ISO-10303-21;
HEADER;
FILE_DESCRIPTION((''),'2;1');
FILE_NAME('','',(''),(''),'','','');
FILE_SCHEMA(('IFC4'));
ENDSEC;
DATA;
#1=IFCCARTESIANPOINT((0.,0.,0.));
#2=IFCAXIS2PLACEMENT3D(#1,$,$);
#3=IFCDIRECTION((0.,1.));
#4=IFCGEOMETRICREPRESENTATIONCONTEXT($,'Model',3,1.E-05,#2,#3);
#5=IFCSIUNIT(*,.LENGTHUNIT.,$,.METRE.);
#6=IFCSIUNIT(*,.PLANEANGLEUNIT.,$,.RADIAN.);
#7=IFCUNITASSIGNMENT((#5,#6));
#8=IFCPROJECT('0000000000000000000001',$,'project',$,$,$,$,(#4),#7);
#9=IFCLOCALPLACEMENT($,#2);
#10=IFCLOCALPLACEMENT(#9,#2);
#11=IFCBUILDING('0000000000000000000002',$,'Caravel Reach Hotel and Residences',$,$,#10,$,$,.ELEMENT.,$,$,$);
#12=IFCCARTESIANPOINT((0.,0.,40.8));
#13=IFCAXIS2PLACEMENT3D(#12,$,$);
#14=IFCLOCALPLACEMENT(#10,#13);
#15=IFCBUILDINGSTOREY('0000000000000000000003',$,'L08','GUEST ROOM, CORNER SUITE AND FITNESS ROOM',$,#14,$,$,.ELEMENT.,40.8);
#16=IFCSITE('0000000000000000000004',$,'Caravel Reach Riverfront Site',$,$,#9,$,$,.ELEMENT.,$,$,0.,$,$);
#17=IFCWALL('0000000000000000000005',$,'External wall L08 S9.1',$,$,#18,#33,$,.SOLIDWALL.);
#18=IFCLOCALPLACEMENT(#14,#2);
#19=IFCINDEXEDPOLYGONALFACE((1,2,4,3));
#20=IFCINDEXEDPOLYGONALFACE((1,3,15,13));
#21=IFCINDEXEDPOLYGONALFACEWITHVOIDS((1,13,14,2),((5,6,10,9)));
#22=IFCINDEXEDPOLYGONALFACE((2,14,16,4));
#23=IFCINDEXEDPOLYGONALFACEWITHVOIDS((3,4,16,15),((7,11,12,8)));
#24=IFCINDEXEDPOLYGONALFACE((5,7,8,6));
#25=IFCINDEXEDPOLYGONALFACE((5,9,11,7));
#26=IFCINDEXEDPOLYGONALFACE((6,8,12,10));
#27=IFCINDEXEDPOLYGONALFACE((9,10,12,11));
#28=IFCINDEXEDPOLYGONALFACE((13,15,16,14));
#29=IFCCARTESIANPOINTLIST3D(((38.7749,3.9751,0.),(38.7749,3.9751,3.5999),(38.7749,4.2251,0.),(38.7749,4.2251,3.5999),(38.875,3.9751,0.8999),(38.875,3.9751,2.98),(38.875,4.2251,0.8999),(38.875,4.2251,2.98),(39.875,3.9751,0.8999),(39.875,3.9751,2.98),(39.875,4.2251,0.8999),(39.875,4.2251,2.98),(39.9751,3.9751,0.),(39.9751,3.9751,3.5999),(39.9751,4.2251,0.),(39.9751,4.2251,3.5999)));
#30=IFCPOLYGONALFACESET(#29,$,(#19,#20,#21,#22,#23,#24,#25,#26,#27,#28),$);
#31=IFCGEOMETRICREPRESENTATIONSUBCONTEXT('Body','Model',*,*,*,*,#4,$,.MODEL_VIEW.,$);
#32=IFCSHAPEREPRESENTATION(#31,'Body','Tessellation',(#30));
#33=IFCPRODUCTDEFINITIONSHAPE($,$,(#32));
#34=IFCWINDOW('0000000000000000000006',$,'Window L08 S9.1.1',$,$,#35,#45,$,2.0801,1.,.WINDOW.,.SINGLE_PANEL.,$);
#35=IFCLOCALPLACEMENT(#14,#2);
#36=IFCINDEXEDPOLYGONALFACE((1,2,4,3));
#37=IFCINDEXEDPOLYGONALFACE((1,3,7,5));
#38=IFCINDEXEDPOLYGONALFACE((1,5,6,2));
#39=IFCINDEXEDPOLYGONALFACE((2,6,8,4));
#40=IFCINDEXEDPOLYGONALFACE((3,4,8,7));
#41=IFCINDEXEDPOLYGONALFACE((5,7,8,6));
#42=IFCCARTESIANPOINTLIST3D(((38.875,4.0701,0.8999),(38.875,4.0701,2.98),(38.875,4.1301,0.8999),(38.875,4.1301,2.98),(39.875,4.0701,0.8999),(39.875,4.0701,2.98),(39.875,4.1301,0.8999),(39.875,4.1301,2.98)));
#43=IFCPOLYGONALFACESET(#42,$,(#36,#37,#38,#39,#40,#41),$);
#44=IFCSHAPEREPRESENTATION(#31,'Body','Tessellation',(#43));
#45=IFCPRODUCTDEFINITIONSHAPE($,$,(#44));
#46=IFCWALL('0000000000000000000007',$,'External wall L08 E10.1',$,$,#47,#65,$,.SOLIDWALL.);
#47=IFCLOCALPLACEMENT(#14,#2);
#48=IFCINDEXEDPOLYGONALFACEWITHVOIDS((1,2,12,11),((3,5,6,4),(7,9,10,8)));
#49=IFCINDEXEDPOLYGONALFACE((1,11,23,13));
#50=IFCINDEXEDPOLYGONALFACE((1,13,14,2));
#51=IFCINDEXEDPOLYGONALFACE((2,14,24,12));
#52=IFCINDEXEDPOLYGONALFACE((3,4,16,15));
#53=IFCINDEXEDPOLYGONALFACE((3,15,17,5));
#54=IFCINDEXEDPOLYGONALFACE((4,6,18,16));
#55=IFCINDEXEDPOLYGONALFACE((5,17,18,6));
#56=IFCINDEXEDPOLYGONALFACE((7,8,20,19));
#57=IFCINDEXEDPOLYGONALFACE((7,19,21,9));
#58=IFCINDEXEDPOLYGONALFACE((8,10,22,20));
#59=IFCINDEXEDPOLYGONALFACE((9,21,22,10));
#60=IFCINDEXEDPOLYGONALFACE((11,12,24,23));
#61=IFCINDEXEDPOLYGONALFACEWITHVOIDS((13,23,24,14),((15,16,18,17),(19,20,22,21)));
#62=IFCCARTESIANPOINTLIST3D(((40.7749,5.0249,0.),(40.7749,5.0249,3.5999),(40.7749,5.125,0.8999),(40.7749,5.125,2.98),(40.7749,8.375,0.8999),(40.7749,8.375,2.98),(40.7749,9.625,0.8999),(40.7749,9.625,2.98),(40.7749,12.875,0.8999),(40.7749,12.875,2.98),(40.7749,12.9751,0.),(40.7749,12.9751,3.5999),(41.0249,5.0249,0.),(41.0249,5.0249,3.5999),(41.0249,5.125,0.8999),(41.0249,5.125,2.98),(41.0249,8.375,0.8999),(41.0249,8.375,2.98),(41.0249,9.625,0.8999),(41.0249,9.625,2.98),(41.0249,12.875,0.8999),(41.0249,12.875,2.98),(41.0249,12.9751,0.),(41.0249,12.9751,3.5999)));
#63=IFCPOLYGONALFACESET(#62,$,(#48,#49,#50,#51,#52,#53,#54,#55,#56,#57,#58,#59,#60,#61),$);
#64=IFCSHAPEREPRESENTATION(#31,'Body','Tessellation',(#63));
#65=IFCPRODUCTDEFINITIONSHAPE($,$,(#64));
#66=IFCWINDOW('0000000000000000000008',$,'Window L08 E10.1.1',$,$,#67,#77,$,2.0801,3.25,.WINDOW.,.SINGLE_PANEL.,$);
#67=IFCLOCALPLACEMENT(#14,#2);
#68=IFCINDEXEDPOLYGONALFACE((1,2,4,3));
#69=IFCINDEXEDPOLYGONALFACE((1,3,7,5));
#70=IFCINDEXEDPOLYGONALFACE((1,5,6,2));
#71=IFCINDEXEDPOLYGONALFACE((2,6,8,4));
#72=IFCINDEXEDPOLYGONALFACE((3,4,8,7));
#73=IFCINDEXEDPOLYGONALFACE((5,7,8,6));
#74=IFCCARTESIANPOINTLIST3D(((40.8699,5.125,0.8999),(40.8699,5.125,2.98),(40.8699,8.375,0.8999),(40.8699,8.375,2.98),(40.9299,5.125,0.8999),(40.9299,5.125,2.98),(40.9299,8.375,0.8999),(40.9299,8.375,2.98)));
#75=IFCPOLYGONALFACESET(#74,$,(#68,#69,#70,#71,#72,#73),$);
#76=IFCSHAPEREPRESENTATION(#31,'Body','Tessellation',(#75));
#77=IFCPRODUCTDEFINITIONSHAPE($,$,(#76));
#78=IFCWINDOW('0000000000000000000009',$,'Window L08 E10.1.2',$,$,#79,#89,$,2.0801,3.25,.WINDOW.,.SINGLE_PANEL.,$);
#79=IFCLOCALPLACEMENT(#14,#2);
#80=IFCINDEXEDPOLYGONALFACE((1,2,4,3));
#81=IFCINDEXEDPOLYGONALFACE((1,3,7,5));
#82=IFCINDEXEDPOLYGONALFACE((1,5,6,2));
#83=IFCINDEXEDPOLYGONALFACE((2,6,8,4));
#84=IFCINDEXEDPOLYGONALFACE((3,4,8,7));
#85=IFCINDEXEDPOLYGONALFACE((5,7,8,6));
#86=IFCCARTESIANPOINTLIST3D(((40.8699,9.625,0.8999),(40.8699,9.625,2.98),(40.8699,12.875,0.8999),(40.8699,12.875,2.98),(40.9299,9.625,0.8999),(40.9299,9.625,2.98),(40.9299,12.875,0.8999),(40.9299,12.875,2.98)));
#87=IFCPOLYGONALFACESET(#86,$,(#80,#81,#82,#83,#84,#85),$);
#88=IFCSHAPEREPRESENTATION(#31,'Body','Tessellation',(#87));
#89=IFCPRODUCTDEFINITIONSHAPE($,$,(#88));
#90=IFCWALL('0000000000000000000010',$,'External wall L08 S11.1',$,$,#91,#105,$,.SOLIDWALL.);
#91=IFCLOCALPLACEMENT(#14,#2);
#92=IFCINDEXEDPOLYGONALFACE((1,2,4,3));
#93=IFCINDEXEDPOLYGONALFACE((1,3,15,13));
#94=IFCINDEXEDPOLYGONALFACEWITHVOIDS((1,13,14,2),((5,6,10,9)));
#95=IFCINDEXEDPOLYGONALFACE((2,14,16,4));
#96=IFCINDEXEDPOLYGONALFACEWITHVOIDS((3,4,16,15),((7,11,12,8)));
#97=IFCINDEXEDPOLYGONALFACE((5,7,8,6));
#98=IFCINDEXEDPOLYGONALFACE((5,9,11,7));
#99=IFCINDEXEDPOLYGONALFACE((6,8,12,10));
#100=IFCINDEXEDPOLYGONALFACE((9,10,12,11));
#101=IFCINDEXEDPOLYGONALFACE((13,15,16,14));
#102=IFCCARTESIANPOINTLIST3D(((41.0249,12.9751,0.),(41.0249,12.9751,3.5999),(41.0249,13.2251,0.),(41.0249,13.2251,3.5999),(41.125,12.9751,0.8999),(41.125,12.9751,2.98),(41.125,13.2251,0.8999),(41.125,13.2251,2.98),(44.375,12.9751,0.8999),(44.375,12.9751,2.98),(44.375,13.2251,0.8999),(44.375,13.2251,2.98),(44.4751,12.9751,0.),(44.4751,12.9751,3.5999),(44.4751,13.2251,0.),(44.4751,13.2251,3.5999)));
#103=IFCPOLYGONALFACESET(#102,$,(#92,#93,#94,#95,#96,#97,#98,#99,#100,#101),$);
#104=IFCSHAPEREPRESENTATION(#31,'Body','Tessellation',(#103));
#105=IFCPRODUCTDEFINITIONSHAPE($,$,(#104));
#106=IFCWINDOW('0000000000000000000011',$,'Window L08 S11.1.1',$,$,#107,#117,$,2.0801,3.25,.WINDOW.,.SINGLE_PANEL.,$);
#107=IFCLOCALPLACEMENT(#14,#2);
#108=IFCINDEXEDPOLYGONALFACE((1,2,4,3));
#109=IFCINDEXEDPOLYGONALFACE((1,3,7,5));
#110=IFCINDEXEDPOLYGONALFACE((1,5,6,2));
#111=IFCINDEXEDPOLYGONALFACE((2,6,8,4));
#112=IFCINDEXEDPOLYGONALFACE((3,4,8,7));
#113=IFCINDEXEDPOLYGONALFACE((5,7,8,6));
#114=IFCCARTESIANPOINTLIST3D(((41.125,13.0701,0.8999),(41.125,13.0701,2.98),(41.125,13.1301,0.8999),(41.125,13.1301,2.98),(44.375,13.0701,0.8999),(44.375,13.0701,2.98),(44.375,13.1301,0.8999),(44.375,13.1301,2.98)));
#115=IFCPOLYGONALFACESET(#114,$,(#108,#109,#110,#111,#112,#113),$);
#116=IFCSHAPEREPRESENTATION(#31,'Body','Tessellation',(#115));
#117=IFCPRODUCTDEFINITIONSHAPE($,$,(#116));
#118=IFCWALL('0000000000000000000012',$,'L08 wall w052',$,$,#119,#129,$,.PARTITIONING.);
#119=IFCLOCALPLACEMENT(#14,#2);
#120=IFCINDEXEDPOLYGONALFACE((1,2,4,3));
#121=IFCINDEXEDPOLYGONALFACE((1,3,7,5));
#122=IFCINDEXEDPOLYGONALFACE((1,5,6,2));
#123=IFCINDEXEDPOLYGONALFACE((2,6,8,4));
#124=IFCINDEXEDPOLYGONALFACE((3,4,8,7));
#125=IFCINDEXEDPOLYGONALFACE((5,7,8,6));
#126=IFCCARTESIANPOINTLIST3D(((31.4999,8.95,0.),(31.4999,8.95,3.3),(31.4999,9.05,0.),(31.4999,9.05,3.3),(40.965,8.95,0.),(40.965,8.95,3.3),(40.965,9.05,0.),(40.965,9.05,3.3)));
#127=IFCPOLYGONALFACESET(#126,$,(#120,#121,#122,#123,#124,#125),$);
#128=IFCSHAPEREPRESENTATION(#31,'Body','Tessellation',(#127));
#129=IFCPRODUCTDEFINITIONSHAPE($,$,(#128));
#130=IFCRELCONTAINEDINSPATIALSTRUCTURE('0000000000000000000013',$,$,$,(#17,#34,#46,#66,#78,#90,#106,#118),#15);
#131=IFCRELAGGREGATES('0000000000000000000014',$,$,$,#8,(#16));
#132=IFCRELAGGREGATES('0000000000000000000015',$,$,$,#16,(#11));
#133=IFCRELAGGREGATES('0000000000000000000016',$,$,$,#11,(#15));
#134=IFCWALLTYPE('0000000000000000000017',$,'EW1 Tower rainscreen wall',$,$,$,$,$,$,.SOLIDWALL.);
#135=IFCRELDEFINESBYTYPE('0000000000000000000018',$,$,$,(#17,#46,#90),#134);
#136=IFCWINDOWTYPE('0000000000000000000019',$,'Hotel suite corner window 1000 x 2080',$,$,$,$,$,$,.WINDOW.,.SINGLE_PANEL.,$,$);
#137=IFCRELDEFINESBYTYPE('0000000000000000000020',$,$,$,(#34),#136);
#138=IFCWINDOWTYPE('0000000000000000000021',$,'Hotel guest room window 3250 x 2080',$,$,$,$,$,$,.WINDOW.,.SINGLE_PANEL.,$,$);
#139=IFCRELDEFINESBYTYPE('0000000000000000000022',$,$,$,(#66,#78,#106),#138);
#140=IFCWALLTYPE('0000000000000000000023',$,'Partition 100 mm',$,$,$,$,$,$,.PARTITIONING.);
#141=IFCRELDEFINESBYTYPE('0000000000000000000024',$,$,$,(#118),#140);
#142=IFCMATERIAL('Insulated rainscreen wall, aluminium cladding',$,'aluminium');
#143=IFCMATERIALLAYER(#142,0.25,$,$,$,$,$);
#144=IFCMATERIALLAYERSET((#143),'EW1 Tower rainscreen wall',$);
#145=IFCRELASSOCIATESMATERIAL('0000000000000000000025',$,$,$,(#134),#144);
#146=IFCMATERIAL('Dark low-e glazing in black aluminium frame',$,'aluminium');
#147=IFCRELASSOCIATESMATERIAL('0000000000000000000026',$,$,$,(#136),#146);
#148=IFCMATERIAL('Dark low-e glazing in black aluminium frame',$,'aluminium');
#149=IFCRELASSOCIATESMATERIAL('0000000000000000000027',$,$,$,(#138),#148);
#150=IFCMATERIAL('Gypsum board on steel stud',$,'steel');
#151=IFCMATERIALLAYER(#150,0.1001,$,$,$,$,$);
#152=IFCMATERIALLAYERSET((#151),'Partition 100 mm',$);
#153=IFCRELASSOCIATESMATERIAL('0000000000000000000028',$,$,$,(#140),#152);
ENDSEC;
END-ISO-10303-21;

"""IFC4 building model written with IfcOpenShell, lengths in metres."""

from ifc_helpers import new_model, si_unit, direction, frame, frame_2d, origin, place, context, subcontext, project, spatial, rectangle, extrude, material, layer, layer_set, type_object, element, fill, save


model = new_model("IFC4")

# Units and contexts
model_context = context("Model", 3, precision=1e-05, world=origin(), true_north=direction((0.0, 1.0)))
body_context = subcontext(model_context, "Body", "Model", "MODEL_VIEW")
ifc_project = project(units=[si_unit("LENGTHUNIT", "METRE"), si_unit("PLANEANGLEUNIT", "RADIAN")], contexts=[model_context])

# Site, building, storey
site_placement = place(None, origin())
site = spatial("IfcSite", under=ifc_project, at=site_placement, Name="Caravel Reach Riverfront Site", CompositionType="ELEMENT", RefElevation=0.0)
building_placement = place(site_placement, origin())
building = spatial("IfcBuilding", under=site, at=building_placement, Name="Caravel Reach Hotel and Residences", CompositionType="ELEMENT")
storey_placement = place(building_placement, frame((0.0, 0.0, 40.8)))
storey = spatial("IfcBuildingStorey", under=building, at=storey_placement, Name="L08", Description="GUEST ROOM, CORNER SUITE AND FITNESS ROOM", CompositionType="ELEMENT", Elevation=40.8)

# Wall, opening, window
ifc_material_1 = material(Name="Insulated rainscreen wall, aluminium cladding", Category="aluminium")
ifc_layer_1 = layer(ifc_material_1, 0.25)
ifc_layer_set_1 = layer_set([ifc_layer_1], Name="EW1 Tower rainscreen wall")
wall_type_1 = type_object("IfcWallType", Name="EW1 Tower rainscreen wall", PredefinedType="SOLIDWALL", material=ifc_layer_set_1)
ifc_material_2 = material(Name="Dark low-e glazing in black aluminium frame", Category="aluminium")
window_type_1 = type_object("IfcWindowType", Name="Hotel suite corner window 1000 x 2080", PartitioningType="SINGLE_PANEL", PredefinedType="WINDOW", material=ifc_material_2)
wall_1_placement = place(storey_placement, frame((38.7749, 4.1001, 0.0), z_axis=(0.0, 0.0, 1.0), x_axis=(1.0, 0.0, 0.0)))
wall_1 = element("IfcWall", 1, at=wall_1_placement, inside=storey, type_object=wall_type_1, Name="External wall L08 S9.1", PredefinedType="SOLIDWALL", context=body_context, shape_type="SweptSolid", body=[
    extrude(rectangle(XDim=1.2002, YDim=0.25, at=frame_2d((0.6001, 0.0))), origin(), (0.0, 0.0, 1.0), 3.5999),
])
opening_1_placement = place(wall_1_placement, frame((0.1001, 0.0, 0.8999)))
opening_1 = element("IfcOpeningElement", 2, at=opening_1_placement, cuts=wall_1, PredefinedType="OPENING", context=body_context, shape_type="SweptSolid", body=[
    extrude(rectangle(XDim=1.0, YDim=2.0801, at=frame_2d((0.5, 1.04))), frame((0.0, 0.135, 0.0), z_axis=(0.0, -1.0, 0.0), x_axis=(1.0, 0.0, 0.0)), (0.0, 0.0, 1.0), 0.27),
])
window_1_placement = place(opening_1_placement, origin())
window_1 = element("IfcWindow", 3, at=window_1_placement, inside=storey, type_object=window_type_1, Name="Window L08 S9.1.1", OverallHeight=2.0801, OverallWidth=1.0, PartitioningType="SINGLE_PANEL", PredefinedType="WINDOW", context=body_context, shape_type="SweptSolid", body=[
    extrude(rectangle(XDim=1.0, YDim=2.0801, at=frame_2d((0.5, 1.04))), frame((0.0, 0.03, 0.0), z_axis=(0.0, -1.0, 0.0), x_axis=(1.0, 0.0, 0.0)), (0.0, 0.0, 1.0), 0.0601),
])
fill(opening_1, window_1)

# Wall, openings, windows
wall_2_placement = place(storey_placement, frame((40.8999, 5.0249, 0.0), z_axis=(0.0, 0.0, 1.0), x_axis=(0.0, 1.0, 0.0)))
wall_2 = element("IfcWall", 4, at=wall_2_placement, inside=storey, type_object=wall_type_1, Name="External wall L08 E10.1", PredefinedType="SOLIDWALL", context=body_context, shape_type="SweptSolid", body=[
    extrude(rectangle(XDim=7.9502, YDim=0.25, at=frame_2d((3.9751, 0.0))), origin(), (0.0, 0.0, 1.0), 3.5999),
])
opening_2_placement = place(wall_2_placement, frame((0.1001, 0.0, 0.8999)))
opening_2 = element("IfcOpeningElement", 5, at=opening_2_placement, cuts=wall_2, PredefinedType="OPENING", context=body_context, shape_type="SweptSolid", body=[
    extrude(rectangle(XDim=3.25, YDim=2.0801, at=frame_2d((1.625, 1.04))), frame((0.0, 0.135, 0.0), z_axis=(0.0, -1.0, 0.0), x_axis=(1.0, 0.0, 0.0)), (0.0, 0.0, 1.0), 0.27),
])
opening_3_placement = place(wall_2_placement, frame((4.6001, 0.0, 0.8999)))
opening_3 = element("IfcOpeningElement", 6, at=opening_3_placement, cuts=wall_2, PredefinedType="OPENING", context=body_context, shape_type="SweptSolid", body=[
    extrude(rectangle(XDim=3.25, YDim=2.0801, at=frame_2d((1.625, 1.04))), frame((0.0, 0.135, 0.0), z_axis=(0.0, -1.0, 0.0), x_axis=(1.0, 0.0, 0.0)), (0.0, 0.0, 1.0), 0.27),
])
ifc_material_3 = material(Name="Dark low-e glazing in black aluminium frame", Category="aluminium")
window_type_2 = type_object("IfcWindowType", Name="Hotel guest room window 3250 x 2080", PartitioningType="SINGLE_PANEL", PredefinedType="WINDOW", material=ifc_material_3)
window_2_placement = place(opening_2_placement, origin())
window_2 = element("IfcWindow", 7, at=window_2_placement, inside=storey, type_object=window_type_2, Name="Window L08 E10.1.1", OverallHeight=2.0801, OverallWidth=3.25, PartitioningType="SINGLE_PANEL", PredefinedType="WINDOW", context=body_context, shape_type="SweptSolid", body=[
    extrude(rectangle(XDim=3.25, YDim=2.0801, at=frame_2d((1.625, 1.04))), frame((0.0, 0.03, 0.0), z_axis=(0.0, -1.0, 0.0), x_axis=(1.0, 0.0, 0.0)), (0.0, 0.0, 1.0), 0.0601),
])
fill(opening_2, window_2)
window_3_placement = place(opening_3_placement, origin())
window_3 = element("IfcWindow", 8, at=window_3_placement, inside=storey, type_object=window_type_2, Name="Window L08 E10.1.2", OverallHeight=2.0801, OverallWidth=3.25, PartitioningType="SINGLE_PANEL", PredefinedType="WINDOW", context=body_context, shape_type="SweptSolid", body=[
    extrude(rectangle(XDim=3.25, YDim=2.0801, at=frame_2d((1.625, 1.04))), frame((0.0, 0.03, 0.0), z_axis=(0.0, -1.0, 0.0), x_axis=(1.0, 0.0, 0.0)), (0.0, 0.0, 1.0), 0.0601),
])
fill(opening_3, window_3)

# Wall, opening, window
wall_3_placement = place(storey_placement, frame((41.0249, 13.1001, 0.0), z_axis=(0.0, 0.0, 1.0), x_axis=(1.0, 0.0, 0.0)))
wall_3 = element("IfcWall", 9, at=wall_3_placement, inside=storey, type_object=wall_type_1, Name="External wall L08 S11.1", PredefinedType="SOLIDWALL", context=body_context, shape_type="SweptSolid", body=[
    extrude(rectangle(XDim=3.4502, YDim=0.25, at=frame_2d((1.7251, 0.0))), origin(), (0.0, 0.0, 1.0), 3.5999),
])
opening_4_placement = place(wall_3_placement, frame((0.1001, 0.0, 0.8999)))
opening_4 = element("IfcOpeningElement", 10, at=opening_4_placement, cuts=wall_3, PredefinedType="OPENING", context=body_context, shape_type="SweptSolid", body=[
    extrude(rectangle(XDim=3.25, YDim=2.0801, at=frame_2d((1.625, 1.04))), frame((0.0, 0.135, 0.0), z_axis=(0.0, -1.0, 0.0), x_axis=(1.0, 0.0, 0.0)), (0.0, 0.0, 1.0), 0.27),
])
window_4_placement = place(opening_4_placement, origin())
window_4 = element("IfcWindow", 11, at=window_4_placement, inside=storey, type_object=window_type_2, Name="Window L08 S11.1.1", OverallHeight=2.0801, OverallWidth=3.25, PartitioningType="SINGLE_PANEL", PredefinedType="WINDOW", context=body_context, shape_type="SweptSolid", body=[
    extrude(rectangle(XDim=3.25, YDim=2.0801, at=frame_2d((1.625, 1.04))), frame((0.0, 0.03, 0.0), z_axis=(0.0, -1.0, 0.0), x_axis=(1.0, 0.0, 0.0)), (0.0, 0.0, 1.0), 0.0601),
])
fill(opening_4, window_4)

# Wall
ifc_material_4 = material(Name="Gypsum board on steel stud", Category="steel")
ifc_layer_2 = layer(ifc_material_4, 0.1001)
ifc_layer_set_2 = layer_set([ifc_layer_2], Name="Partition 100 mm")
wall_type_2 = type_object("IfcWallType", Name="Partition 100 mm", PredefinedType="PARTITIONING", material=ifc_layer_set_2)
wall_4_placement = place(storey_placement, frame((31.5, 9.0, 0.0), z_axis=(0.0, 0.0, 1.0), x_axis=(1.0, 0.0, 0.0)))
element("IfcWall", 12, at=wall_4_placement, inside=storey, type_object=wall_type_2, Name="L08 wall w052", PredefinedType="PARTITIONING", context=body_context, shape_type="SweptSolid", body=[
    extrude(rectangle(XDim=9.4651, YDim=0.1001, at=frame_2d((4.7324, 0.0))), origin(), (0.0, 0.0, 1.0), 3.3),
])

save(model, "model.ifc")
